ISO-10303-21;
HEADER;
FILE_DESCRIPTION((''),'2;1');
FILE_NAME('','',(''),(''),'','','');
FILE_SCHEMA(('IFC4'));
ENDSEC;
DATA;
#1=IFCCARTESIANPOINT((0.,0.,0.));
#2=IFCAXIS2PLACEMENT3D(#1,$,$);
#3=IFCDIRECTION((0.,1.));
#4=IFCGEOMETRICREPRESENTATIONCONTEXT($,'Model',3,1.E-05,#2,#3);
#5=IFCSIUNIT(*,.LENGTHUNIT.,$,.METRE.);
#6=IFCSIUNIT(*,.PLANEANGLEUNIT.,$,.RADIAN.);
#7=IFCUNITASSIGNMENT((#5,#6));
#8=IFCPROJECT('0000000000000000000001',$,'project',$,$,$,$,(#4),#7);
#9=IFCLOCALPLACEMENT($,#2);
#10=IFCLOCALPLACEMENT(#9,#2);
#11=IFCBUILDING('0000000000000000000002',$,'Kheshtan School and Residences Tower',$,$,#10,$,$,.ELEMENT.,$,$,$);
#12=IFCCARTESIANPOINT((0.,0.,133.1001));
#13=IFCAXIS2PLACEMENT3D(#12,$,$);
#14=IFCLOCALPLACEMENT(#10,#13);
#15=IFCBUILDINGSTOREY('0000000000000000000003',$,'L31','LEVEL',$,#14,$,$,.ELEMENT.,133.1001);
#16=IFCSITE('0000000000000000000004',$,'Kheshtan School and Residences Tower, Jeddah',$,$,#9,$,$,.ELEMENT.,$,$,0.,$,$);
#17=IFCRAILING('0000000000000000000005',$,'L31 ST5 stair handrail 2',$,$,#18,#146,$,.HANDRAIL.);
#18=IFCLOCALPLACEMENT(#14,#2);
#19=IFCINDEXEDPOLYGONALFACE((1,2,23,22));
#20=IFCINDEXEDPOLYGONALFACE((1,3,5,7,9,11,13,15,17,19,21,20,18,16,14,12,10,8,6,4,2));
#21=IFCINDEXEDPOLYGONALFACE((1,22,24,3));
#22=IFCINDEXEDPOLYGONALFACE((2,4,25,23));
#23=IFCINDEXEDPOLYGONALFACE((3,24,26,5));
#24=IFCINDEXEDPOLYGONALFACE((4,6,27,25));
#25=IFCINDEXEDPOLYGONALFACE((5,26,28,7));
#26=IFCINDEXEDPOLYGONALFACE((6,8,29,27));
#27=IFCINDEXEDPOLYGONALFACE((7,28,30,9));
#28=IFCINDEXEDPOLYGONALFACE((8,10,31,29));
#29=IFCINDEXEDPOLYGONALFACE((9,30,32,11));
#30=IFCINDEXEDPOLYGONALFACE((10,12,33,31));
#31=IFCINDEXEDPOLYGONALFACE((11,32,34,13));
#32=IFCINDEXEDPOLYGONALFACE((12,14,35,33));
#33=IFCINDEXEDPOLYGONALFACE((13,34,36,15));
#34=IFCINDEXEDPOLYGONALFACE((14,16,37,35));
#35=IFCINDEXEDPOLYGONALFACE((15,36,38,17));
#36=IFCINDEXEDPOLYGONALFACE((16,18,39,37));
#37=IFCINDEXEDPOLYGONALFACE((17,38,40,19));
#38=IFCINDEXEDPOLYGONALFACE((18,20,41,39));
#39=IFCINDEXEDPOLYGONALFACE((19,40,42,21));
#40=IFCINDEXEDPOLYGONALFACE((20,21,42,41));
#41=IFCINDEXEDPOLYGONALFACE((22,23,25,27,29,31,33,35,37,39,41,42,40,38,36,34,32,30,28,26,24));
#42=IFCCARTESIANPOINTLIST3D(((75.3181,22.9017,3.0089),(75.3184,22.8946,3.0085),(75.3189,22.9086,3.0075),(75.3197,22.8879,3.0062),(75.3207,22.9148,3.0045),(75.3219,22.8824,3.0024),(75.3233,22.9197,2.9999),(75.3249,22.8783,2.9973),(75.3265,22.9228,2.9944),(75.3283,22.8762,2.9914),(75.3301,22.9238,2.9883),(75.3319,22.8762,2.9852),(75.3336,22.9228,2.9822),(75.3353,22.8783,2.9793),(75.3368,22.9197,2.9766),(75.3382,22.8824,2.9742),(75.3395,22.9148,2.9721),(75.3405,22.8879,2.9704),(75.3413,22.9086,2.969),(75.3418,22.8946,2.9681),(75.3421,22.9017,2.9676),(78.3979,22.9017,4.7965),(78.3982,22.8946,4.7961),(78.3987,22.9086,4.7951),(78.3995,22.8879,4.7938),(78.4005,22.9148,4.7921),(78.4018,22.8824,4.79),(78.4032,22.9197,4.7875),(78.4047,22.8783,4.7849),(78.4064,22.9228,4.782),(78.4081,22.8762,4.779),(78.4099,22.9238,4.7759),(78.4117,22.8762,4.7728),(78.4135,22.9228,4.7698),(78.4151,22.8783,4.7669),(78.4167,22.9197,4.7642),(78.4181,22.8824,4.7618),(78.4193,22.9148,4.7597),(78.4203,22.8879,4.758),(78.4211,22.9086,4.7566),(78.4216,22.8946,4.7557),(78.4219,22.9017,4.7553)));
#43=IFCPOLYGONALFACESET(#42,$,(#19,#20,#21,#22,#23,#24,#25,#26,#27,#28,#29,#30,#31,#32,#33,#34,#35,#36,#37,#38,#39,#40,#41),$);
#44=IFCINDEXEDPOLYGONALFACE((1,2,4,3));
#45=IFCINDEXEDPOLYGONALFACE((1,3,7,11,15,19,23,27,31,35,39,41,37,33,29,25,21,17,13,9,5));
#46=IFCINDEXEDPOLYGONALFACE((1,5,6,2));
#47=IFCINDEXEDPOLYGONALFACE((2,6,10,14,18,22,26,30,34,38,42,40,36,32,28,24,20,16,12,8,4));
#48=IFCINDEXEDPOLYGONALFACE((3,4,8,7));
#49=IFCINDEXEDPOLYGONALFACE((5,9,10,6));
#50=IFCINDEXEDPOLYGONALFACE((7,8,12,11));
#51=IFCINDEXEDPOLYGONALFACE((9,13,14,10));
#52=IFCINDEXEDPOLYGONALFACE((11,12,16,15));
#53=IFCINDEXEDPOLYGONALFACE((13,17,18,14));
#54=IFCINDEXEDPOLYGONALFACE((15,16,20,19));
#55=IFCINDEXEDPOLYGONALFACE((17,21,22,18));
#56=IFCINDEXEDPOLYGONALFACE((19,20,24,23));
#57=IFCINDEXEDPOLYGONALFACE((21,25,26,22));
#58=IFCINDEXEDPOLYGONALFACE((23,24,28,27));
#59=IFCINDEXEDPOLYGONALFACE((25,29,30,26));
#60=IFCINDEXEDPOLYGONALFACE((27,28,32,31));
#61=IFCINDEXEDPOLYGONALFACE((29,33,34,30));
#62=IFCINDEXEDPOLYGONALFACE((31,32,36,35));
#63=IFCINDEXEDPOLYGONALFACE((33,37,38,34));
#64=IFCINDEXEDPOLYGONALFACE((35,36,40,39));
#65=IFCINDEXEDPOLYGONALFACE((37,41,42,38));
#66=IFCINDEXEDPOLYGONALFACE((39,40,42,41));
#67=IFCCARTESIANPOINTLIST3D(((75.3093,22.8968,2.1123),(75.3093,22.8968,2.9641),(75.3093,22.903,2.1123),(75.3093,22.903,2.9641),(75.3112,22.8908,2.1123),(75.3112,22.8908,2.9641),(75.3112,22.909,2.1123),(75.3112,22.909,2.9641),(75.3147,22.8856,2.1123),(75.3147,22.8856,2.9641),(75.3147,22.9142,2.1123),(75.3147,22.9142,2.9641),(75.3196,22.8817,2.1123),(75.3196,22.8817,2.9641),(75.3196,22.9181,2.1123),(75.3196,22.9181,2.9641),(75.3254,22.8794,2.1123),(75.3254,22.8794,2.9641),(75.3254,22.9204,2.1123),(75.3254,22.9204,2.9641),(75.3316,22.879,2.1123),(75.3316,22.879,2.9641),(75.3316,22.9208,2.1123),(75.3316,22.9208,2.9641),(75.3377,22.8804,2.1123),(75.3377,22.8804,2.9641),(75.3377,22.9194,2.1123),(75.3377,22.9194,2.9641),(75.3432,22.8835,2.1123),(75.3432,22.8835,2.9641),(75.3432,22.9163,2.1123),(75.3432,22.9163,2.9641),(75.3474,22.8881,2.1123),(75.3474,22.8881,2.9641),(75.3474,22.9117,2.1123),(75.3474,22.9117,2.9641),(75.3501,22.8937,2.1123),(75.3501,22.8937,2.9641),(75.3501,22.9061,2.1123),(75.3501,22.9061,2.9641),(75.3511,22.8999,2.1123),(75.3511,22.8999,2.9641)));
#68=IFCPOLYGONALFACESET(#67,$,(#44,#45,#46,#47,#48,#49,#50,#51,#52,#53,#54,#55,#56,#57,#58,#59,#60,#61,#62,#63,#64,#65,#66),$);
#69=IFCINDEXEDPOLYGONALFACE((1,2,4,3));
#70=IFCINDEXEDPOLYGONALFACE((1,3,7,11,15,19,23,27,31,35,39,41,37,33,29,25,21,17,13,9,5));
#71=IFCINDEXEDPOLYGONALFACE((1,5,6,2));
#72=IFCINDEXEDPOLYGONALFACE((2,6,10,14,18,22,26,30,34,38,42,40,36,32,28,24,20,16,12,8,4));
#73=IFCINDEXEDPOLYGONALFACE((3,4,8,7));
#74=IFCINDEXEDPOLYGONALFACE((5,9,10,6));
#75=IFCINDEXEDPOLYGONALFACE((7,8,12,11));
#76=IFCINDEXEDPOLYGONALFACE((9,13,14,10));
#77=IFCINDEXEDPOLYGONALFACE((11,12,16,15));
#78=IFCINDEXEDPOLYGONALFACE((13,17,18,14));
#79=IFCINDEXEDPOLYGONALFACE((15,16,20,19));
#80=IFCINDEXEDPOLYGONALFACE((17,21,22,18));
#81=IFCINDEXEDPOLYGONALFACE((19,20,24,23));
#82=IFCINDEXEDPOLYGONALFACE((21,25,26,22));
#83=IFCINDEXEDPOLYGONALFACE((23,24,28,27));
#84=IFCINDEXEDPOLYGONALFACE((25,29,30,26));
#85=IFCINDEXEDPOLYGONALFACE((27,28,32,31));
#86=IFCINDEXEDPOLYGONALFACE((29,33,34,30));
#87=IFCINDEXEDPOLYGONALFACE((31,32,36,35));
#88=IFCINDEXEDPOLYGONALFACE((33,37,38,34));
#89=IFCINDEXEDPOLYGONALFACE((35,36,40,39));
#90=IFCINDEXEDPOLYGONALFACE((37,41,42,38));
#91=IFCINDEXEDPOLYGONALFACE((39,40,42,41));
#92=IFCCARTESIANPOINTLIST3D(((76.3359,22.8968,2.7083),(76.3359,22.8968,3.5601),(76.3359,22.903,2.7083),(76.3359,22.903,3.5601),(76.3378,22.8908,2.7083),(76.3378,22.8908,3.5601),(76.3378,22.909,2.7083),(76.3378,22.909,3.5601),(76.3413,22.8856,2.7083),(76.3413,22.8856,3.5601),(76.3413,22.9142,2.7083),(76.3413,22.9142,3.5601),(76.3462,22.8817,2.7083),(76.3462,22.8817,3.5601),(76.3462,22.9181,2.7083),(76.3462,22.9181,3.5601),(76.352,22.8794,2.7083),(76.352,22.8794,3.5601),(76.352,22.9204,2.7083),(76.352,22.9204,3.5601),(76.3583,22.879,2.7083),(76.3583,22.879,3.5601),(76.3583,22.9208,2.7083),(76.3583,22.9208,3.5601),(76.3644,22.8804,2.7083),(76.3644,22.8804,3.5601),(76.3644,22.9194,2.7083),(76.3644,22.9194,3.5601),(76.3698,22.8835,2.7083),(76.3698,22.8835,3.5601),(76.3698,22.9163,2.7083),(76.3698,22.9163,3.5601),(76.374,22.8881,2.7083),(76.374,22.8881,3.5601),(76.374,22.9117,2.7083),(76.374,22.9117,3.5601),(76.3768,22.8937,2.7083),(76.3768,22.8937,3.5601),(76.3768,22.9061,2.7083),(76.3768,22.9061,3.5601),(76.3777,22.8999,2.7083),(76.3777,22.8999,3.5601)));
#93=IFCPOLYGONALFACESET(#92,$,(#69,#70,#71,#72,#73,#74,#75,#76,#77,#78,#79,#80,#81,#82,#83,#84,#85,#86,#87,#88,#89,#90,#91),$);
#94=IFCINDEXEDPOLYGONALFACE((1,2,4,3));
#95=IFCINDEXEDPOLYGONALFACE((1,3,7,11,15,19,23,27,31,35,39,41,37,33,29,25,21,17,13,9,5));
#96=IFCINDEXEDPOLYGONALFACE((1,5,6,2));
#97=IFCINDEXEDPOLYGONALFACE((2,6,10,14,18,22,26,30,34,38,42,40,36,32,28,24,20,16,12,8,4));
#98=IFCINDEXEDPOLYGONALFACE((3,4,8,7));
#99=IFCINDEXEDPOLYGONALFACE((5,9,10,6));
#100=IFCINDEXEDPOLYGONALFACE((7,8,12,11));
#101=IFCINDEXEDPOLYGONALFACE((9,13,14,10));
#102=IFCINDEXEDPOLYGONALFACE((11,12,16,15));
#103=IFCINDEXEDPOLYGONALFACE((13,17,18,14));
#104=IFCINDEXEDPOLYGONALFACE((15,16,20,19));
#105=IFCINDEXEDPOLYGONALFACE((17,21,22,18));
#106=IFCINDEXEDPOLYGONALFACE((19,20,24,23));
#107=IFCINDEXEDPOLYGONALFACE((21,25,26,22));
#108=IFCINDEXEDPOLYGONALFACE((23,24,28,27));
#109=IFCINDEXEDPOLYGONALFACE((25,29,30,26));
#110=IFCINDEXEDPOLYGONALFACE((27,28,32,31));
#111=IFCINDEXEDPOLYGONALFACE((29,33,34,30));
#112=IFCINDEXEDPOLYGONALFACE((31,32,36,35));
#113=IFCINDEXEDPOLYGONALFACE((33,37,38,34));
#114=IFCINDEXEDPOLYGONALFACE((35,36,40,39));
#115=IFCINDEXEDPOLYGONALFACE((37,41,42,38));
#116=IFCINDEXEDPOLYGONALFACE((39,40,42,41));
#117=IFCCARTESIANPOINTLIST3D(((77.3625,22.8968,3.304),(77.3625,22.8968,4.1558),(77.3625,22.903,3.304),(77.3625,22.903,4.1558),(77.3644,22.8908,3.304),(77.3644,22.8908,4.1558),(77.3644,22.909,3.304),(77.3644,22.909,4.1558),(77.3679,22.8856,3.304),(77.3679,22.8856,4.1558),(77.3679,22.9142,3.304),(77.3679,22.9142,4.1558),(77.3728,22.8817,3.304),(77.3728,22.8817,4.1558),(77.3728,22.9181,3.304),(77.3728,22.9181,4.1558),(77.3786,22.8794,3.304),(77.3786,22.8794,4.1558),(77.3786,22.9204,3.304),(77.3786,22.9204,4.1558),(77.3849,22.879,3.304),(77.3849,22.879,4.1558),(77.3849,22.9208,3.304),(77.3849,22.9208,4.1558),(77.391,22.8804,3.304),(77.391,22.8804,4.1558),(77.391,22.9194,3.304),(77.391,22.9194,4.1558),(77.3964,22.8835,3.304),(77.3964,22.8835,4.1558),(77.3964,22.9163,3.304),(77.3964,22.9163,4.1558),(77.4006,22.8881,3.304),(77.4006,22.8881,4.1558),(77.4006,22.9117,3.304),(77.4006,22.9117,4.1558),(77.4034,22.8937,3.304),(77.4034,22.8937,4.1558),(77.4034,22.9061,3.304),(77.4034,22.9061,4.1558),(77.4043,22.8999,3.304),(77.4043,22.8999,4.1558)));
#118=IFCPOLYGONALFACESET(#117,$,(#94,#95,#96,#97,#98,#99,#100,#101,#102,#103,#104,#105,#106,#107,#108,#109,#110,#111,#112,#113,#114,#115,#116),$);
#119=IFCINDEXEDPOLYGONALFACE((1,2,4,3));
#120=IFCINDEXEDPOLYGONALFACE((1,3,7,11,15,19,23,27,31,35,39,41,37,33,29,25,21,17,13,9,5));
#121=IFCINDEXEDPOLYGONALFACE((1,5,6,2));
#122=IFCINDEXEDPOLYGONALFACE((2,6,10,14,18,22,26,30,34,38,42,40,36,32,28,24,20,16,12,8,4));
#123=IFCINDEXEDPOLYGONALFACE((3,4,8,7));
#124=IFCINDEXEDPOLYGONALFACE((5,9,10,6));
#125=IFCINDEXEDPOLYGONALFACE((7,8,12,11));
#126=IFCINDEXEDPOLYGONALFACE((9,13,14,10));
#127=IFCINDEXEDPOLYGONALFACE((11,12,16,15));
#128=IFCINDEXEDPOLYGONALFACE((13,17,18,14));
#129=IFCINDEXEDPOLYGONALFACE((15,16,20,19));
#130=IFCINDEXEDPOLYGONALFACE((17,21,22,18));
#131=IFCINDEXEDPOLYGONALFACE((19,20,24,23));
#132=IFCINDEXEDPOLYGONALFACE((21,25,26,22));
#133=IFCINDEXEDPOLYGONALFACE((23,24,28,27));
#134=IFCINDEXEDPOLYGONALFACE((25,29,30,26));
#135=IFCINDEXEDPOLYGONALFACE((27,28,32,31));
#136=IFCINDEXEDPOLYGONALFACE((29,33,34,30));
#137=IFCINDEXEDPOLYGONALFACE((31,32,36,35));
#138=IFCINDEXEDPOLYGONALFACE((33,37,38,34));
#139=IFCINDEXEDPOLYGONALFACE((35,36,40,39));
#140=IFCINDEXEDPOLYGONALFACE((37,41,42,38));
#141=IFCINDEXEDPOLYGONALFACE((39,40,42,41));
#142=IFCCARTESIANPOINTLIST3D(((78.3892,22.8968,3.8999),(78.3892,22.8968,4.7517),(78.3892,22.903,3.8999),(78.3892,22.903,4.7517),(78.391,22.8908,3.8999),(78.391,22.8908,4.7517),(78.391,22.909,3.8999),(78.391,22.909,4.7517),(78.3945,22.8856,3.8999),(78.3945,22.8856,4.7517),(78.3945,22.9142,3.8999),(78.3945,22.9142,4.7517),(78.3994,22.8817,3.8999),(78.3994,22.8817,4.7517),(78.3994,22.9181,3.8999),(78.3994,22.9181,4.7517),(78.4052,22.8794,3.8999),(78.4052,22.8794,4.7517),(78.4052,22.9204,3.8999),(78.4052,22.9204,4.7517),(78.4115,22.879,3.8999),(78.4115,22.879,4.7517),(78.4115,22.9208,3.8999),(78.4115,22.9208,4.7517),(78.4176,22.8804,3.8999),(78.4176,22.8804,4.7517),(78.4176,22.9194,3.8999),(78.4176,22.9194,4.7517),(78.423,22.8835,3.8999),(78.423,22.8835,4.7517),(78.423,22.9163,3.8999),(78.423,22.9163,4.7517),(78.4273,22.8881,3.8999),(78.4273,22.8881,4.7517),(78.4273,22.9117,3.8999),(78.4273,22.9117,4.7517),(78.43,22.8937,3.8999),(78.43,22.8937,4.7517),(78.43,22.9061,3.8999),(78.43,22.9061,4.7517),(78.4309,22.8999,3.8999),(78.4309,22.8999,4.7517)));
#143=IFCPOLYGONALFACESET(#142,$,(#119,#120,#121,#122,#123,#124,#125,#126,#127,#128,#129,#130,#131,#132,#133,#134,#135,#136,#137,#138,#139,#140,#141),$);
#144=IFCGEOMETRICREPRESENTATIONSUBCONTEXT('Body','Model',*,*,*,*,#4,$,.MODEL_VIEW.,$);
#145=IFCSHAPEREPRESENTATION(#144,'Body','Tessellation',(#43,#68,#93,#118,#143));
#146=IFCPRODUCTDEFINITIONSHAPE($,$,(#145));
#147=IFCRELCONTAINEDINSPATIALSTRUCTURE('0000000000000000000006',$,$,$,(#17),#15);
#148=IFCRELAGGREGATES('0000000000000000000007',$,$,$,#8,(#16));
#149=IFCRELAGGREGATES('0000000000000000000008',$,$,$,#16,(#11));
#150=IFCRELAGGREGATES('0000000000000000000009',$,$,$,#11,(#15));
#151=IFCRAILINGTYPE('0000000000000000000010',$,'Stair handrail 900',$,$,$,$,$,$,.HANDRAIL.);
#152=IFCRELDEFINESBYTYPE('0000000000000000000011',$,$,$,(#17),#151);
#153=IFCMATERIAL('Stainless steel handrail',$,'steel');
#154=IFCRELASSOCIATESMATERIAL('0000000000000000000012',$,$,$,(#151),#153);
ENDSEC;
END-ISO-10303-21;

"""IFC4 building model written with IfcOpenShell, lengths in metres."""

from ifc_helpers import new_model, si_unit, direction, frame, origin, origin_2d, place, context, subcontext, project, spatial, circle, extrude, material, type_object, element, save


model = new_model("IFC4")

# Units and contexts
model_context = context("Model", 3, precision=1e-05, world=origin(), true_north=direction((0.0, 1.0)))
body_context = subcontext(model_context, "Body", "Model", "MODEL_VIEW")
ifc_project = project(units=[si_unit("LENGTHUNIT", "METRE"), si_unit("PLANEANGLEUNIT", "RADIAN")], contexts=[model_context])

# Site, building, storey
site_placement = place(None, origin())
site = spatial("IfcSite", under=ifc_project, at=site_placement, Name="Kheshtan School and Residences Tower, Jeddah", CompositionType="ELEMENT", RefElevation=0.0)
building_placement = place(site_placement, origin())
building = spatial("IfcBuilding", under=site, at=building_placement, Name="Kheshtan School and Residences Tower", CompositionType="ELEMENT")
storey_placement = place(building_placement, frame((0.0, 0.0, 133.1001)))
storey = spatial("IfcBuildingStorey", under=building, at=storey_placement, Name="L31", Description="LEVEL", CompositionType="ELEMENT", Elevation=133.1001)

# Railing
ifc_material_1 = material(Name="Stainless steel handrail", Category="steel")
railing_type_1 = type_object("IfcRailingType", Name="Stair handrail 900", PredefinedType="HANDRAIL", material=ifc_material_1)
railing_1_placement = place(storey_placement, frame((75.3301, 22.8999, 2.1123)))
element("IfcRailing", 1, at=railing_1_placement, inside=storey, type_object=railing_type_1, Name="L31 ST5 stair handrail 2", PredefinedType="HANDRAIL", context=body_context, shape_type="SweptSolid", body=[
    extrude(circle(Radius=0.0239, at=origin_2d()), frame((0.0, 0.0, 0.876), z_axis=(0.864873, 0.0, 0.50199), x_axis=(0.0, 1.0, 0.0)), (0.0, 0.0, 1.0), 3.561),
    extrude(circle(Radius=0.021, at=origin_2d()), origin(), (0.0, 0.0, 1.0), 0.8518),
    extrude(circle(Radius=0.021, at=origin_2d()), frame((1.0266, 0.0, 0.5959)), (0.0, 0.0, 1.0), 0.8518),
    extrude(circle(Radius=0.021, at=origin_2d()), frame((2.0532, 0.0, 1.1917)), (0.0, 0.0, 1.0), 0.8518),
    extrude(circle(Radius=0.021, at=origin_2d()), frame((3.0798, 0.0, 1.7876)), (0.0, 0.0, 1.0), 0.8518),
])

save(model, "model.ifc")
